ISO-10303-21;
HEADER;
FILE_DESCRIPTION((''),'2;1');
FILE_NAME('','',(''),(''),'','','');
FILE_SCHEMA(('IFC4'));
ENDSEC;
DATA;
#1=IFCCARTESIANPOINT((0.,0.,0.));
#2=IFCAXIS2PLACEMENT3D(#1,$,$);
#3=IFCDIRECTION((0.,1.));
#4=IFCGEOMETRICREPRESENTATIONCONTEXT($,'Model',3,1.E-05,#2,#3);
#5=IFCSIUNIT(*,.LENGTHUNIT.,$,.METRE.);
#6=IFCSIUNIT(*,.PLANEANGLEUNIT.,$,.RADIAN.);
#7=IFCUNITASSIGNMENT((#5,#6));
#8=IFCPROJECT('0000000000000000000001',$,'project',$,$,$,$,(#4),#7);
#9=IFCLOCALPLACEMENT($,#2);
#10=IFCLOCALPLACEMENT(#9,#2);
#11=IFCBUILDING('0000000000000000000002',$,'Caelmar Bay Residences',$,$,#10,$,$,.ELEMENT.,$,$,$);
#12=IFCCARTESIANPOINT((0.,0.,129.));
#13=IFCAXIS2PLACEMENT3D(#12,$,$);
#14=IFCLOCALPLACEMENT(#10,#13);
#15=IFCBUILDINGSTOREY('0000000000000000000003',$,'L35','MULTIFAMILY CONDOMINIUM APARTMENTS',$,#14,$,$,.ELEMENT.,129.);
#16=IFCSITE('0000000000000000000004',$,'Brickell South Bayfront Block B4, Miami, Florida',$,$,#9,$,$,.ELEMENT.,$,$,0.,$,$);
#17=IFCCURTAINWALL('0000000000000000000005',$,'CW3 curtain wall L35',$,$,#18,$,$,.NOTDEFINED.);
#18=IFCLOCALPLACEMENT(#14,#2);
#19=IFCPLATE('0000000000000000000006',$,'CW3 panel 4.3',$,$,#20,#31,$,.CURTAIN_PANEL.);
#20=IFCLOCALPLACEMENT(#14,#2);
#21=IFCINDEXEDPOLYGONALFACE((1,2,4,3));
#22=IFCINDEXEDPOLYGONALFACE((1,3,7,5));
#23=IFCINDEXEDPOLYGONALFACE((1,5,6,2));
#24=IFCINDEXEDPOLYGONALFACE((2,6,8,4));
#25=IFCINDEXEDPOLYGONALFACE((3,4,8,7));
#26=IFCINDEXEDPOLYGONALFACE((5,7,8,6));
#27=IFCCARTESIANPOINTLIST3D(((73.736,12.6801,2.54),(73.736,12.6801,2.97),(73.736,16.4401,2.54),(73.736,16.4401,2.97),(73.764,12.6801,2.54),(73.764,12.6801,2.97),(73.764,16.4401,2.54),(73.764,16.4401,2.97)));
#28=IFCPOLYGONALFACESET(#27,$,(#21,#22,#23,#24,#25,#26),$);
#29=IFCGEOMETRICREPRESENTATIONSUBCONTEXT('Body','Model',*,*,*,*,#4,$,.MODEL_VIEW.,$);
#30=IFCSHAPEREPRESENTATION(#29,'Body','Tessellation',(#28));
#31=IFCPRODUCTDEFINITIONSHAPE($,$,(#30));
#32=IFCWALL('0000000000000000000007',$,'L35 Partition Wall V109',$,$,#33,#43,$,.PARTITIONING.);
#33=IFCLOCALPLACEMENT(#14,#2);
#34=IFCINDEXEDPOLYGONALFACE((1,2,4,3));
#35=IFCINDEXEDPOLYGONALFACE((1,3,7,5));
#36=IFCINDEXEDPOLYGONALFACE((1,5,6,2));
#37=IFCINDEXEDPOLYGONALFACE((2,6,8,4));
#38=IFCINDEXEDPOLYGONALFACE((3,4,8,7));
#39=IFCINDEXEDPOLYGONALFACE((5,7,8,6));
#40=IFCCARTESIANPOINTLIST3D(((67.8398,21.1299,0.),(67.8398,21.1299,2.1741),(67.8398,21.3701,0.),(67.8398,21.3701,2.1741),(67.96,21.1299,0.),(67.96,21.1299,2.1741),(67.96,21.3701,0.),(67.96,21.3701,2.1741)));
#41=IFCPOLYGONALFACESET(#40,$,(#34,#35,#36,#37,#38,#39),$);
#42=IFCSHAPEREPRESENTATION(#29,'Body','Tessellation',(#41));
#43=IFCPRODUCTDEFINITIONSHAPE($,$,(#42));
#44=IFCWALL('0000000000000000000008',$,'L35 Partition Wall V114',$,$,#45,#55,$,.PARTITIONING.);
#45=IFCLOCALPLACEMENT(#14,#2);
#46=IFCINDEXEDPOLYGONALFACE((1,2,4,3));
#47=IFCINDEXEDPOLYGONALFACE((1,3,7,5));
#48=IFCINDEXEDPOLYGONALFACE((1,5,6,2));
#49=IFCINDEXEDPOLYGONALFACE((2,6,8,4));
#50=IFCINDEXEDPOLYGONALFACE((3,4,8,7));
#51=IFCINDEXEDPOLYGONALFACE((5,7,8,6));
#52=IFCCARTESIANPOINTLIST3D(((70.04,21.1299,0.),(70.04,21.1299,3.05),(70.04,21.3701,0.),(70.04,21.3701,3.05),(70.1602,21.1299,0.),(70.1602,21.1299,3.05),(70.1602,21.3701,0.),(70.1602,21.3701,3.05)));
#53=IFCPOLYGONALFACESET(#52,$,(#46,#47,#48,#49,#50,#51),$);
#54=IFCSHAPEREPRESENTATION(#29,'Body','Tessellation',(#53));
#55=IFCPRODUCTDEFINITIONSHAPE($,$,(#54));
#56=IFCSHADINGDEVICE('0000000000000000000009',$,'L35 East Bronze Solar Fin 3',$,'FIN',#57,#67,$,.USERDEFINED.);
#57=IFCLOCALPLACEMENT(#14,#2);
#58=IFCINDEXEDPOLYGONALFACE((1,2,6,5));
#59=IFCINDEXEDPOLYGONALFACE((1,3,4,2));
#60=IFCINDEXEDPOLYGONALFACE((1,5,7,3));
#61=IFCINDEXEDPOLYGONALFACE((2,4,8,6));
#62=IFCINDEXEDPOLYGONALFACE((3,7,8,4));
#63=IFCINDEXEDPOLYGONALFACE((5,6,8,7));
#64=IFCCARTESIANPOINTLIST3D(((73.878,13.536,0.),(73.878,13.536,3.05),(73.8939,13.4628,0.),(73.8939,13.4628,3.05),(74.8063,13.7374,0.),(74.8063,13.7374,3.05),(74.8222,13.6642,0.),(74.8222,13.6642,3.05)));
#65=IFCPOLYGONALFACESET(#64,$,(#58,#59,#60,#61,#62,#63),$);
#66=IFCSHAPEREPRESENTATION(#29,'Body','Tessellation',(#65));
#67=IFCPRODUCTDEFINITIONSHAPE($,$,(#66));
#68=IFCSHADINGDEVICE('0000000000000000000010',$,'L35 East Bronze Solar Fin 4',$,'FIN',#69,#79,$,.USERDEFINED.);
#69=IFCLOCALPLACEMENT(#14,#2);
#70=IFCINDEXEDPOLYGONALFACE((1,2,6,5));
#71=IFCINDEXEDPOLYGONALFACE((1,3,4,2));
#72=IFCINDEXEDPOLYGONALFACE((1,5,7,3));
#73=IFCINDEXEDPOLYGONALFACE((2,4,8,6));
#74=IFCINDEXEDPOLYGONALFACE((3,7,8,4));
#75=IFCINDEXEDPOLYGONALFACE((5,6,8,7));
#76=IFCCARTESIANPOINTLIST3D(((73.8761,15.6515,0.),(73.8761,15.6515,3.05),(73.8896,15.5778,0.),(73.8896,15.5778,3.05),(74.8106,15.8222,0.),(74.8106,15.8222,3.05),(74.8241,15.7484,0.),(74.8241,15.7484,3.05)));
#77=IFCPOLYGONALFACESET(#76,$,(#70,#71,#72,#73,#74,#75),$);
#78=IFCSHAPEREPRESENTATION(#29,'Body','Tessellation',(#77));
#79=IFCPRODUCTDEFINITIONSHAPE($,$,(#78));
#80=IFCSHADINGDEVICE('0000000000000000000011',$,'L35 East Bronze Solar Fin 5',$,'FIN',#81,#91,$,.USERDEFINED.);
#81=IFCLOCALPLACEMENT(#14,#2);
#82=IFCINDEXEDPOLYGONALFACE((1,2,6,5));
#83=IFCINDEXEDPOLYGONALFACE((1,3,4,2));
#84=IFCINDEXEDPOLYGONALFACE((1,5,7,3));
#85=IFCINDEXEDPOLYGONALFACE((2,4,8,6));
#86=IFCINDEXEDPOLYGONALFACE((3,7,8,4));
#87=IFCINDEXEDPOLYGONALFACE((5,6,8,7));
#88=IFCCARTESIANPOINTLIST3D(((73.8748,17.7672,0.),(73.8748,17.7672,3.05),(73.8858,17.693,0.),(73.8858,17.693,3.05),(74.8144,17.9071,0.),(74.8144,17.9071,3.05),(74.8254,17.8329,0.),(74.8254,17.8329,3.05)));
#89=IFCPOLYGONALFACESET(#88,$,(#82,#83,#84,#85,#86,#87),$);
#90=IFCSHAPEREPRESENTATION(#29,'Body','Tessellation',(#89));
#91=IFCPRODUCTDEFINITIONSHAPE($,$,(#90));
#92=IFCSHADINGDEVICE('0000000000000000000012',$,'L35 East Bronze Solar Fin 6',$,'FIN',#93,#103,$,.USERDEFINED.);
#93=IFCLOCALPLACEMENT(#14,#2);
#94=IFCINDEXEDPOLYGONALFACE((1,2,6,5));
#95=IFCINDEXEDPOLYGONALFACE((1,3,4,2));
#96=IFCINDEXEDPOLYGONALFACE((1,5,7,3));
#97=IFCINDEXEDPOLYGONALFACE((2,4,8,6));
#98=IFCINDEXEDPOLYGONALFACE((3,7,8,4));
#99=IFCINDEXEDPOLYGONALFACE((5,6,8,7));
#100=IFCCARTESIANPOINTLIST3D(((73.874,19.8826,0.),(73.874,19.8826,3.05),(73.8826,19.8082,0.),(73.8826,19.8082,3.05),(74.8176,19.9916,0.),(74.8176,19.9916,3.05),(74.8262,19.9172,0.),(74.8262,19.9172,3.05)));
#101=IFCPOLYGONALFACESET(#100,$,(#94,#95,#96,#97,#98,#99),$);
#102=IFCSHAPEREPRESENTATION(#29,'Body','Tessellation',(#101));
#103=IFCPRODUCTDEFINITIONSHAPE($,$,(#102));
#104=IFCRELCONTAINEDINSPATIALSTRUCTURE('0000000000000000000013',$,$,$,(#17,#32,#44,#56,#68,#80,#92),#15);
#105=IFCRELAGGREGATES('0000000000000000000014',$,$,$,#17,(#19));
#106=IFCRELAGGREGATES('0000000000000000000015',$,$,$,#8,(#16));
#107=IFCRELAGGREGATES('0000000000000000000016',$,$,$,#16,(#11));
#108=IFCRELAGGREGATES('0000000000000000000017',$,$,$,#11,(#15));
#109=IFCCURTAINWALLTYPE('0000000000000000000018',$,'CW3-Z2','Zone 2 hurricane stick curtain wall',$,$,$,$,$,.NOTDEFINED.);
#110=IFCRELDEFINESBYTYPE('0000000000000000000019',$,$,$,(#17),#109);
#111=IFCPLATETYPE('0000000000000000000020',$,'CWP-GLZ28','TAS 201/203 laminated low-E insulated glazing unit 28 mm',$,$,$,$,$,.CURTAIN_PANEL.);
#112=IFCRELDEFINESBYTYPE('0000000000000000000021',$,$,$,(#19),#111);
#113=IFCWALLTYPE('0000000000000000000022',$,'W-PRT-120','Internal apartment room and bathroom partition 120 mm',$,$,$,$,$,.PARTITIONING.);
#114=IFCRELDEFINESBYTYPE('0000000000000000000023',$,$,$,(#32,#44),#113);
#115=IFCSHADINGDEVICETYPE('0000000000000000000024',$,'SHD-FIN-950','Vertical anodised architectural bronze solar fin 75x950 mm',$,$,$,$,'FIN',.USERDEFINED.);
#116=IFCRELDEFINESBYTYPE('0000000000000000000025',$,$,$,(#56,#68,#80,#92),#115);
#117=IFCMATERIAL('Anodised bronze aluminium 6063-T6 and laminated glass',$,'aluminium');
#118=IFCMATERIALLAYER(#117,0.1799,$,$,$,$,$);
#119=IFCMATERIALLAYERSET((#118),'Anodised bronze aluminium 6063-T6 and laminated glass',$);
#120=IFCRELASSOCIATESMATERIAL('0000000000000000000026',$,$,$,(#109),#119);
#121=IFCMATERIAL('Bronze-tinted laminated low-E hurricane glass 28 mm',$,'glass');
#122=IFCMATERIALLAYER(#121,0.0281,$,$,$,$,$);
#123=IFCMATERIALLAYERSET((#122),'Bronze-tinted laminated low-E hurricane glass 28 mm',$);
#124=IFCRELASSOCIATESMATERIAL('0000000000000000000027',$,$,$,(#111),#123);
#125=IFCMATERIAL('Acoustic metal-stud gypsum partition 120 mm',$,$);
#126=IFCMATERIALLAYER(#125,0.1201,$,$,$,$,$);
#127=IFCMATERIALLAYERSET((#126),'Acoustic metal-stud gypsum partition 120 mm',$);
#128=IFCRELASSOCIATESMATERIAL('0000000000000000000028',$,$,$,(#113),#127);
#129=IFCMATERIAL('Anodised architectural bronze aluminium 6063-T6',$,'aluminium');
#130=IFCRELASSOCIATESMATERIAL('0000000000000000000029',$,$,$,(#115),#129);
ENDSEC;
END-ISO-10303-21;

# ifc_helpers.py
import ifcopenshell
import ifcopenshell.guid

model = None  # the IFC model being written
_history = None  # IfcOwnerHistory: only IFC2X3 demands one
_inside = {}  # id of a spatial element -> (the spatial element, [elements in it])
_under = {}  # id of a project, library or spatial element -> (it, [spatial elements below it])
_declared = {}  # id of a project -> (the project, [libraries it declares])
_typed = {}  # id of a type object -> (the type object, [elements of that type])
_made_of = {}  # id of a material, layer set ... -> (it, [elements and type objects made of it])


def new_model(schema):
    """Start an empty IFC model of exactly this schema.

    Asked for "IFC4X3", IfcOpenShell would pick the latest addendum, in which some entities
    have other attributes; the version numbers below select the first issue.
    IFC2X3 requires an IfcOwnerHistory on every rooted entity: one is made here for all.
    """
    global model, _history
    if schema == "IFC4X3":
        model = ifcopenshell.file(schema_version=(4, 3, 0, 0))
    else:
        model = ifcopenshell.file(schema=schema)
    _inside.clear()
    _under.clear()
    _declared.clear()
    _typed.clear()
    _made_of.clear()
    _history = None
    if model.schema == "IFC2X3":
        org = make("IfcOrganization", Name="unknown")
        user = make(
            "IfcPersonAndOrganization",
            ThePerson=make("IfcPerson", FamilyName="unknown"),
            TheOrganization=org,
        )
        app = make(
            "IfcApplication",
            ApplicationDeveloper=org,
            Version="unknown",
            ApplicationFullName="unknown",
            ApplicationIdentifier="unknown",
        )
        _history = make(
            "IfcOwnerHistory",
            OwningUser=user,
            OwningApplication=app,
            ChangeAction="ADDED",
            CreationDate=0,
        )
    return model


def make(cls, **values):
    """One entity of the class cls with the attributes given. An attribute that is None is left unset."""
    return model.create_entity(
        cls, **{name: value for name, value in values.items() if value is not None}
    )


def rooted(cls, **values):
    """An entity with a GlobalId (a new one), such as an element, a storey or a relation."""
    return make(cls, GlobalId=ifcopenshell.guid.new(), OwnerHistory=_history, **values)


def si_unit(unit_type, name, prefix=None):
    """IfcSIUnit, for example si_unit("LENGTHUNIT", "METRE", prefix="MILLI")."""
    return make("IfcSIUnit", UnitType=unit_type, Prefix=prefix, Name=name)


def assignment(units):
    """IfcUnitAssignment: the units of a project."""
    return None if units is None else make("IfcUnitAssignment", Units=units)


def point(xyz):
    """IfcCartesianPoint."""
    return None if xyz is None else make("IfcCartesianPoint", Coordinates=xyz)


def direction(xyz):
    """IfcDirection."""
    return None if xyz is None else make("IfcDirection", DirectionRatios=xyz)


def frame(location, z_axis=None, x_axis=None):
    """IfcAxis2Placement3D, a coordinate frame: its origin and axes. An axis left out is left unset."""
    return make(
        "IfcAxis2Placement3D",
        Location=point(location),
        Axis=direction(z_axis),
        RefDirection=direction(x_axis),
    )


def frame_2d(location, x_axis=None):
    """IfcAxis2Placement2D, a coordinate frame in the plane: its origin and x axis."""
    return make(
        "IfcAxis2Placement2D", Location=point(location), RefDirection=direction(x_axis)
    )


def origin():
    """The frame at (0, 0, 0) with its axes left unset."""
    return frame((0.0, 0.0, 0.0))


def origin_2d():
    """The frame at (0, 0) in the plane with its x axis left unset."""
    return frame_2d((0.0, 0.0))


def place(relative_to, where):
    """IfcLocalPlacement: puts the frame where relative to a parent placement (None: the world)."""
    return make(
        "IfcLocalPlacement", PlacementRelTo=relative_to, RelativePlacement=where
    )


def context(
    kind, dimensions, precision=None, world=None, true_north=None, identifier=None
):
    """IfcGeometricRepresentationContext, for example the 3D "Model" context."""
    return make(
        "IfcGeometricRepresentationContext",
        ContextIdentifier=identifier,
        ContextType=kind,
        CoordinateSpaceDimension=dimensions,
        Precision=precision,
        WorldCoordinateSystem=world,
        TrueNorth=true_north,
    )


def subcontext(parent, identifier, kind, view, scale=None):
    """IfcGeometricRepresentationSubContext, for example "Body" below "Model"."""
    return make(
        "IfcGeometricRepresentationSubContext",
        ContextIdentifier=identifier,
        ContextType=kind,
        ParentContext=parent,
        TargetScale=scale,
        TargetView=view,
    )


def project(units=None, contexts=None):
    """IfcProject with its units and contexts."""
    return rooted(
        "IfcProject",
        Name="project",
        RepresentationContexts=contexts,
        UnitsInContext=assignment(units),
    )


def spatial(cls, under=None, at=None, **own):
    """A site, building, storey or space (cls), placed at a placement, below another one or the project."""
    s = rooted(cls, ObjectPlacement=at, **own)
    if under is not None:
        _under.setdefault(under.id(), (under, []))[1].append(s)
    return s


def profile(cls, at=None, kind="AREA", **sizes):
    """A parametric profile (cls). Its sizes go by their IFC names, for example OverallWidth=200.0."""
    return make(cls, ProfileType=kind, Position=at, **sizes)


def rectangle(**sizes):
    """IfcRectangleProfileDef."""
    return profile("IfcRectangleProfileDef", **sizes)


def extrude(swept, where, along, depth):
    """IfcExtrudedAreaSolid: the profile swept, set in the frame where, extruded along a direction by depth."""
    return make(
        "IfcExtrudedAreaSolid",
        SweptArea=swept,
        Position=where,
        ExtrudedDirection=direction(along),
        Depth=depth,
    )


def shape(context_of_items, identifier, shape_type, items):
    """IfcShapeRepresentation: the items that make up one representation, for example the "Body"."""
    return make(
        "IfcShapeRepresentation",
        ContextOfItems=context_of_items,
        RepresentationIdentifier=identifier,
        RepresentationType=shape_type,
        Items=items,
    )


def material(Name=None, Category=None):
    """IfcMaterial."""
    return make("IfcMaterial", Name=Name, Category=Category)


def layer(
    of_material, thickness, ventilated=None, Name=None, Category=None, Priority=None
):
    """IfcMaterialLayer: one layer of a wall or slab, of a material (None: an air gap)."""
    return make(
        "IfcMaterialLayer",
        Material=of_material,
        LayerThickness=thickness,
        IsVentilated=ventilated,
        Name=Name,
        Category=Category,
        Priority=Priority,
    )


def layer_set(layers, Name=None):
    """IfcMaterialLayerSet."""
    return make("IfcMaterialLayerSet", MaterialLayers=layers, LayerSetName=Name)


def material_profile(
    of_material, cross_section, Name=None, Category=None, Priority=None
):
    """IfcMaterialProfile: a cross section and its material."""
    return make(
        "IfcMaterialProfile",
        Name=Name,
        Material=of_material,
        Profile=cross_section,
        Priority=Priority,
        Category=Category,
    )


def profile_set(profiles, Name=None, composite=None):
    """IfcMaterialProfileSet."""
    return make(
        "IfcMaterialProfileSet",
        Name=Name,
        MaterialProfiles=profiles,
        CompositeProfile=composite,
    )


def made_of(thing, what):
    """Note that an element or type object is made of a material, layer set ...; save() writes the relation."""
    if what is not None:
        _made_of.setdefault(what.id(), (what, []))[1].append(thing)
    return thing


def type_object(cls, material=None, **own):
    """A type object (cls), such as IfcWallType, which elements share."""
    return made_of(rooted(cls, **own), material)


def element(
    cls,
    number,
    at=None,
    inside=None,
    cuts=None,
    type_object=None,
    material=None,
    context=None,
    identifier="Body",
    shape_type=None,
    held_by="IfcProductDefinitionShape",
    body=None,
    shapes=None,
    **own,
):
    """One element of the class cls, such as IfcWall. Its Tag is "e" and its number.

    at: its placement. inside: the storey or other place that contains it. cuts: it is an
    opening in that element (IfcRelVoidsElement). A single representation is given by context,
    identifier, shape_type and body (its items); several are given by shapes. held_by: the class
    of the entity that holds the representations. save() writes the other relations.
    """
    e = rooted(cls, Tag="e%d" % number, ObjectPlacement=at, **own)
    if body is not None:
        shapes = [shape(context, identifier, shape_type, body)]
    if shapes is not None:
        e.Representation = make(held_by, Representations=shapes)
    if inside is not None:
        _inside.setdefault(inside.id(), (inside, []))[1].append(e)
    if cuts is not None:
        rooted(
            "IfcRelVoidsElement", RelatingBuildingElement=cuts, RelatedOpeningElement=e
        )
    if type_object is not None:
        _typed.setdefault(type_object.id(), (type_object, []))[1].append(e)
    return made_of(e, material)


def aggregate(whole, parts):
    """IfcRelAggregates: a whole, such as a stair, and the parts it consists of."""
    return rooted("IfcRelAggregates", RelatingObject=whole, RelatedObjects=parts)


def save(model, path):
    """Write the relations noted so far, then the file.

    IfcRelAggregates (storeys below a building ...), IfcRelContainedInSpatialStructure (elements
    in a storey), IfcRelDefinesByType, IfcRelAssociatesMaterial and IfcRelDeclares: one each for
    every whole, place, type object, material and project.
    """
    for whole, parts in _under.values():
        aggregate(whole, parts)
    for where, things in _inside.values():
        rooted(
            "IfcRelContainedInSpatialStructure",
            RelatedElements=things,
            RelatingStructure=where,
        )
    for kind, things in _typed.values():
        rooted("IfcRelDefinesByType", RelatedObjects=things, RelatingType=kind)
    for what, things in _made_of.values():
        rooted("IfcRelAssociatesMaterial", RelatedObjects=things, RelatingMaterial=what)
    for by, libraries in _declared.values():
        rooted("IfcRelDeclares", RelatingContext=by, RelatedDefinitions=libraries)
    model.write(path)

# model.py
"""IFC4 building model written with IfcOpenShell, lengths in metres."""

from ifc_helpers import new_model, si_unit, direction, frame, frame_2d, origin, origin_2d, place, context, subcontext, project, spatial, rectangle, extrude, material, layer, layer_set, material_profile, profile_set, type_object, element, aggregate, save


model = new_model("IFC4")

# Units and contexts
model_context = context("Model", 3, precision=1e-05, world=origin(), true_north=direction((0.0, 1.0)))
body_context = subcontext(model_context, "Body", "Model", "MODEL_VIEW")
ifc_project = project(units=[si_unit("LENGTHUNIT", "METRE"), si_unit("PLANEANGLEUNIT", "RADIAN")], contexts=[model_context])

# Site, building, storey
site_placement = place(None, origin())
site = spatial("IfcSite", under=ifc_project, at=site_placement, Name="Brickell South Bayfront Block B4, Miami, Florida", CompositionType="ELEMENT", RefElevation=0.0)
building_placement = place(site_placement, origin())
building = spatial("IfcBuilding", under=site, at=building_placement, Name="Caelmar Bay Residences", CompositionType="ELEMENT")
storey_placement = place(building_placement, frame((0.0, 0.0, 129.0)))
storey = spatial("IfcBuildingStorey", under=building, at=storey_placement, Name="L35", Description="MULTIFAMILY CONDOMINIUM APARTMENTS", CompositionType="ELEMENT", Elevation=129.0)

# Curtain wall, plate
ifc_material_1 = material(Name="Anodised bronze aluminium 6063-T6 and laminated glass", Category="aluminium")
ifc_layer_1 = layer(ifc_material_1, 0.1799)
ifc_layer_set_1 = layer_set([ifc_layer_1], Name="Anodised bronze aluminium 6063-T6 and laminated glass")
curtain_wall_type = type_object("IfcCurtainWallType", Name="CW3-Z2", Description="Zone 2 hurricane stick curtain wall", PredefinedType="NOTDEFINED", material=ifc_layer_set_1)
curtain_wall_placement = place(storey_placement, origin())
curtain_wall = element("IfcCurtainWall", 1, at=curtain_wall_placement, inside=storey, type_object=curtain_wall_type, Name="CW3 curtain wall L35", PredefinedType="NOTDEFINED")
ifc_material_2 = material(Name="Bronze-tinted laminated low-E hurricane glass 28 mm", Category="glass")
ifc_layer_2 = layer(ifc_material_2, 0.0281)
ifc_layer_set_2 = layer_set([ifc_layer_2], Name="Bronze-tinted laminated low-E hurricane glass 28 mm")
plate_type = type_object("IfcPlateType", Name="CWP-GLZ28", Description="TAS 201/203 laminated low-E insulated glazing unit 28 mm", PredefinedType="CURTAIN_PANEL", material=ifc_layer_set_2)
plate_1_placement = place(storey_placement, frame((73.75, 14.5601, 2.54), z_axis=(0.0, 0.0, 1.0), x_axis=(0.0, -1.0, 0.0)))
plate_1 = element("IfcPlate", 2, at=plate_1_placement, type_object=plate_type, Name="CW3 panel 4.3", PredefinedType="CURTAIN_PANEL", context=body_context, shape_type="SweptSolid", body=[
    extrude(rectangle(XDim=3.76, YDim=0.0281, at=origin_2d()), origin(), (0.0, 0.0, 1.0), 0.4299),
])
aggregate(curtain_wall, [plate_1])

# Walls
ifc_material_3 = material(Name="Acoustic metal-stud gypsum partition 120 mm")
ifc_layer_3 = layer(ifc_material_3, 0.1201)
ifc_layer_set_3 = layer_set([ifc_layer_3], Name="Acoustic metal-stud gypsum partition 120 mm")
wall_type = type_object("IfcWallType", Name="W-PRT-120", Description="Internal apartment room and bathroom partition 120 mm", PredefinedType="PARTITIONING", material=ifc_layer_set_3)
wall_1_placement = place(storey_placement, frame((67.8999, 21.1299, 0.0), z_axis=(0.0, 0.0, 1.0), x_axis=(0.0, 1.0, 0.0)))
element("IfcWall", 3, at=wall_1_placement, inside=storey, type_object=wall_type, Name="L35 Partition Wall V109", PredefinedType="PARTITIONING", context=body_context, shape_type="SweptSolid", body=[
    extrude(rectangle(XDim=0.2402, YDim=0.1201, at=frame_2d((0.1201, 0.0))), origin(), (0.0, 0.0, 1.0), 2.1741),
])
wall_2_placement = place(storey_placement, frame((70.1001, 21.1299, 0.0), z_axis=(0.0, 0.0, 1.0), x_axis=(0.0, 1.0, 0.0)))
element("IfcWall", 4, at=wall_2_placement, inside=storey, type_object=wall_type, Name="L35 Partition Wall V114", PredefinedType="PARTITIONING", context=body_context, shape_type="SweptSolid", body=[
    extrude(rectangle(XDim=0.2402, YDim=0.1201, at=frame_2d((0.1201, 0.0))), origin(), (0.0, 0.0, 1.0), 3.05),
])

# Shading devices
ifc_material_4 = material(Name="Anodised architectural bronze aluminium 6063-T6", Category="aluminium")
ifc_material_profile_1 = material_profile(ifc_material_4, rectangle(XDim=0.075, YDim=0.95, at=origin_2d()), Name="BRONZE-FIN-75X950")
ifc_profile_set_1 = profile_set([ifc_material_profile_1], Name="Anodised architectural bronze aluminium 6063-T6")
shading_device_type = type_object("IfcShadingDeviceType", Name="SHD-FIN-950", Description="Vertical anodised architectural bronze solar fin 75x950 mm", ElementType="FIN", PredefinedType="USERDEFINED", material=ifc_profile_set_1)
for number, where, z_axis, x_axis, name in (
    (5, (74.3501, 13.6001, 0.0), (0.0, 0.0, 1.0), (-0.212007, 0.977268, 0.0), "L35 East Bronze Solar Fin 3"),
    (6, (74.3501, 15.7, 0.0), (0.0, 0.0, 1.0), (-0.179661, 0.983729, 0.0), "L35 East Bronze Solar Fin 4"),
    (7, (74.3501, 17.8, 0.0), (0.0, 0.0, 1.0), (-0.147292, 0.989093, 0.0), "L35 East Bronze Solar Fin 5"),
    (8, (74.3501, 19.8999, 0.0), (0.0, 0.0, 1.0), (-0.114764, 0.993393, 0.0), "L35 East Bronze Solar Fin 6"),
):
    element("IfcShadingDevice", number, at=place(storey_placement, frame(where, z_axis=z_axis, x_axis=x_axis)), inside=storey, type_object=shading_device_type, Name=name, ObjectType="FIN", PredefinedType="USERDEFINED", context=body_context, shape_type="SweptSolid", body=[
        extrude(rectangle(XDim=0.075, YDim=0.95, at=origin_2d()), origin(), (0.0, 0.0, 1.0), 3.05),
    ])

save(model, "model.ifc")
